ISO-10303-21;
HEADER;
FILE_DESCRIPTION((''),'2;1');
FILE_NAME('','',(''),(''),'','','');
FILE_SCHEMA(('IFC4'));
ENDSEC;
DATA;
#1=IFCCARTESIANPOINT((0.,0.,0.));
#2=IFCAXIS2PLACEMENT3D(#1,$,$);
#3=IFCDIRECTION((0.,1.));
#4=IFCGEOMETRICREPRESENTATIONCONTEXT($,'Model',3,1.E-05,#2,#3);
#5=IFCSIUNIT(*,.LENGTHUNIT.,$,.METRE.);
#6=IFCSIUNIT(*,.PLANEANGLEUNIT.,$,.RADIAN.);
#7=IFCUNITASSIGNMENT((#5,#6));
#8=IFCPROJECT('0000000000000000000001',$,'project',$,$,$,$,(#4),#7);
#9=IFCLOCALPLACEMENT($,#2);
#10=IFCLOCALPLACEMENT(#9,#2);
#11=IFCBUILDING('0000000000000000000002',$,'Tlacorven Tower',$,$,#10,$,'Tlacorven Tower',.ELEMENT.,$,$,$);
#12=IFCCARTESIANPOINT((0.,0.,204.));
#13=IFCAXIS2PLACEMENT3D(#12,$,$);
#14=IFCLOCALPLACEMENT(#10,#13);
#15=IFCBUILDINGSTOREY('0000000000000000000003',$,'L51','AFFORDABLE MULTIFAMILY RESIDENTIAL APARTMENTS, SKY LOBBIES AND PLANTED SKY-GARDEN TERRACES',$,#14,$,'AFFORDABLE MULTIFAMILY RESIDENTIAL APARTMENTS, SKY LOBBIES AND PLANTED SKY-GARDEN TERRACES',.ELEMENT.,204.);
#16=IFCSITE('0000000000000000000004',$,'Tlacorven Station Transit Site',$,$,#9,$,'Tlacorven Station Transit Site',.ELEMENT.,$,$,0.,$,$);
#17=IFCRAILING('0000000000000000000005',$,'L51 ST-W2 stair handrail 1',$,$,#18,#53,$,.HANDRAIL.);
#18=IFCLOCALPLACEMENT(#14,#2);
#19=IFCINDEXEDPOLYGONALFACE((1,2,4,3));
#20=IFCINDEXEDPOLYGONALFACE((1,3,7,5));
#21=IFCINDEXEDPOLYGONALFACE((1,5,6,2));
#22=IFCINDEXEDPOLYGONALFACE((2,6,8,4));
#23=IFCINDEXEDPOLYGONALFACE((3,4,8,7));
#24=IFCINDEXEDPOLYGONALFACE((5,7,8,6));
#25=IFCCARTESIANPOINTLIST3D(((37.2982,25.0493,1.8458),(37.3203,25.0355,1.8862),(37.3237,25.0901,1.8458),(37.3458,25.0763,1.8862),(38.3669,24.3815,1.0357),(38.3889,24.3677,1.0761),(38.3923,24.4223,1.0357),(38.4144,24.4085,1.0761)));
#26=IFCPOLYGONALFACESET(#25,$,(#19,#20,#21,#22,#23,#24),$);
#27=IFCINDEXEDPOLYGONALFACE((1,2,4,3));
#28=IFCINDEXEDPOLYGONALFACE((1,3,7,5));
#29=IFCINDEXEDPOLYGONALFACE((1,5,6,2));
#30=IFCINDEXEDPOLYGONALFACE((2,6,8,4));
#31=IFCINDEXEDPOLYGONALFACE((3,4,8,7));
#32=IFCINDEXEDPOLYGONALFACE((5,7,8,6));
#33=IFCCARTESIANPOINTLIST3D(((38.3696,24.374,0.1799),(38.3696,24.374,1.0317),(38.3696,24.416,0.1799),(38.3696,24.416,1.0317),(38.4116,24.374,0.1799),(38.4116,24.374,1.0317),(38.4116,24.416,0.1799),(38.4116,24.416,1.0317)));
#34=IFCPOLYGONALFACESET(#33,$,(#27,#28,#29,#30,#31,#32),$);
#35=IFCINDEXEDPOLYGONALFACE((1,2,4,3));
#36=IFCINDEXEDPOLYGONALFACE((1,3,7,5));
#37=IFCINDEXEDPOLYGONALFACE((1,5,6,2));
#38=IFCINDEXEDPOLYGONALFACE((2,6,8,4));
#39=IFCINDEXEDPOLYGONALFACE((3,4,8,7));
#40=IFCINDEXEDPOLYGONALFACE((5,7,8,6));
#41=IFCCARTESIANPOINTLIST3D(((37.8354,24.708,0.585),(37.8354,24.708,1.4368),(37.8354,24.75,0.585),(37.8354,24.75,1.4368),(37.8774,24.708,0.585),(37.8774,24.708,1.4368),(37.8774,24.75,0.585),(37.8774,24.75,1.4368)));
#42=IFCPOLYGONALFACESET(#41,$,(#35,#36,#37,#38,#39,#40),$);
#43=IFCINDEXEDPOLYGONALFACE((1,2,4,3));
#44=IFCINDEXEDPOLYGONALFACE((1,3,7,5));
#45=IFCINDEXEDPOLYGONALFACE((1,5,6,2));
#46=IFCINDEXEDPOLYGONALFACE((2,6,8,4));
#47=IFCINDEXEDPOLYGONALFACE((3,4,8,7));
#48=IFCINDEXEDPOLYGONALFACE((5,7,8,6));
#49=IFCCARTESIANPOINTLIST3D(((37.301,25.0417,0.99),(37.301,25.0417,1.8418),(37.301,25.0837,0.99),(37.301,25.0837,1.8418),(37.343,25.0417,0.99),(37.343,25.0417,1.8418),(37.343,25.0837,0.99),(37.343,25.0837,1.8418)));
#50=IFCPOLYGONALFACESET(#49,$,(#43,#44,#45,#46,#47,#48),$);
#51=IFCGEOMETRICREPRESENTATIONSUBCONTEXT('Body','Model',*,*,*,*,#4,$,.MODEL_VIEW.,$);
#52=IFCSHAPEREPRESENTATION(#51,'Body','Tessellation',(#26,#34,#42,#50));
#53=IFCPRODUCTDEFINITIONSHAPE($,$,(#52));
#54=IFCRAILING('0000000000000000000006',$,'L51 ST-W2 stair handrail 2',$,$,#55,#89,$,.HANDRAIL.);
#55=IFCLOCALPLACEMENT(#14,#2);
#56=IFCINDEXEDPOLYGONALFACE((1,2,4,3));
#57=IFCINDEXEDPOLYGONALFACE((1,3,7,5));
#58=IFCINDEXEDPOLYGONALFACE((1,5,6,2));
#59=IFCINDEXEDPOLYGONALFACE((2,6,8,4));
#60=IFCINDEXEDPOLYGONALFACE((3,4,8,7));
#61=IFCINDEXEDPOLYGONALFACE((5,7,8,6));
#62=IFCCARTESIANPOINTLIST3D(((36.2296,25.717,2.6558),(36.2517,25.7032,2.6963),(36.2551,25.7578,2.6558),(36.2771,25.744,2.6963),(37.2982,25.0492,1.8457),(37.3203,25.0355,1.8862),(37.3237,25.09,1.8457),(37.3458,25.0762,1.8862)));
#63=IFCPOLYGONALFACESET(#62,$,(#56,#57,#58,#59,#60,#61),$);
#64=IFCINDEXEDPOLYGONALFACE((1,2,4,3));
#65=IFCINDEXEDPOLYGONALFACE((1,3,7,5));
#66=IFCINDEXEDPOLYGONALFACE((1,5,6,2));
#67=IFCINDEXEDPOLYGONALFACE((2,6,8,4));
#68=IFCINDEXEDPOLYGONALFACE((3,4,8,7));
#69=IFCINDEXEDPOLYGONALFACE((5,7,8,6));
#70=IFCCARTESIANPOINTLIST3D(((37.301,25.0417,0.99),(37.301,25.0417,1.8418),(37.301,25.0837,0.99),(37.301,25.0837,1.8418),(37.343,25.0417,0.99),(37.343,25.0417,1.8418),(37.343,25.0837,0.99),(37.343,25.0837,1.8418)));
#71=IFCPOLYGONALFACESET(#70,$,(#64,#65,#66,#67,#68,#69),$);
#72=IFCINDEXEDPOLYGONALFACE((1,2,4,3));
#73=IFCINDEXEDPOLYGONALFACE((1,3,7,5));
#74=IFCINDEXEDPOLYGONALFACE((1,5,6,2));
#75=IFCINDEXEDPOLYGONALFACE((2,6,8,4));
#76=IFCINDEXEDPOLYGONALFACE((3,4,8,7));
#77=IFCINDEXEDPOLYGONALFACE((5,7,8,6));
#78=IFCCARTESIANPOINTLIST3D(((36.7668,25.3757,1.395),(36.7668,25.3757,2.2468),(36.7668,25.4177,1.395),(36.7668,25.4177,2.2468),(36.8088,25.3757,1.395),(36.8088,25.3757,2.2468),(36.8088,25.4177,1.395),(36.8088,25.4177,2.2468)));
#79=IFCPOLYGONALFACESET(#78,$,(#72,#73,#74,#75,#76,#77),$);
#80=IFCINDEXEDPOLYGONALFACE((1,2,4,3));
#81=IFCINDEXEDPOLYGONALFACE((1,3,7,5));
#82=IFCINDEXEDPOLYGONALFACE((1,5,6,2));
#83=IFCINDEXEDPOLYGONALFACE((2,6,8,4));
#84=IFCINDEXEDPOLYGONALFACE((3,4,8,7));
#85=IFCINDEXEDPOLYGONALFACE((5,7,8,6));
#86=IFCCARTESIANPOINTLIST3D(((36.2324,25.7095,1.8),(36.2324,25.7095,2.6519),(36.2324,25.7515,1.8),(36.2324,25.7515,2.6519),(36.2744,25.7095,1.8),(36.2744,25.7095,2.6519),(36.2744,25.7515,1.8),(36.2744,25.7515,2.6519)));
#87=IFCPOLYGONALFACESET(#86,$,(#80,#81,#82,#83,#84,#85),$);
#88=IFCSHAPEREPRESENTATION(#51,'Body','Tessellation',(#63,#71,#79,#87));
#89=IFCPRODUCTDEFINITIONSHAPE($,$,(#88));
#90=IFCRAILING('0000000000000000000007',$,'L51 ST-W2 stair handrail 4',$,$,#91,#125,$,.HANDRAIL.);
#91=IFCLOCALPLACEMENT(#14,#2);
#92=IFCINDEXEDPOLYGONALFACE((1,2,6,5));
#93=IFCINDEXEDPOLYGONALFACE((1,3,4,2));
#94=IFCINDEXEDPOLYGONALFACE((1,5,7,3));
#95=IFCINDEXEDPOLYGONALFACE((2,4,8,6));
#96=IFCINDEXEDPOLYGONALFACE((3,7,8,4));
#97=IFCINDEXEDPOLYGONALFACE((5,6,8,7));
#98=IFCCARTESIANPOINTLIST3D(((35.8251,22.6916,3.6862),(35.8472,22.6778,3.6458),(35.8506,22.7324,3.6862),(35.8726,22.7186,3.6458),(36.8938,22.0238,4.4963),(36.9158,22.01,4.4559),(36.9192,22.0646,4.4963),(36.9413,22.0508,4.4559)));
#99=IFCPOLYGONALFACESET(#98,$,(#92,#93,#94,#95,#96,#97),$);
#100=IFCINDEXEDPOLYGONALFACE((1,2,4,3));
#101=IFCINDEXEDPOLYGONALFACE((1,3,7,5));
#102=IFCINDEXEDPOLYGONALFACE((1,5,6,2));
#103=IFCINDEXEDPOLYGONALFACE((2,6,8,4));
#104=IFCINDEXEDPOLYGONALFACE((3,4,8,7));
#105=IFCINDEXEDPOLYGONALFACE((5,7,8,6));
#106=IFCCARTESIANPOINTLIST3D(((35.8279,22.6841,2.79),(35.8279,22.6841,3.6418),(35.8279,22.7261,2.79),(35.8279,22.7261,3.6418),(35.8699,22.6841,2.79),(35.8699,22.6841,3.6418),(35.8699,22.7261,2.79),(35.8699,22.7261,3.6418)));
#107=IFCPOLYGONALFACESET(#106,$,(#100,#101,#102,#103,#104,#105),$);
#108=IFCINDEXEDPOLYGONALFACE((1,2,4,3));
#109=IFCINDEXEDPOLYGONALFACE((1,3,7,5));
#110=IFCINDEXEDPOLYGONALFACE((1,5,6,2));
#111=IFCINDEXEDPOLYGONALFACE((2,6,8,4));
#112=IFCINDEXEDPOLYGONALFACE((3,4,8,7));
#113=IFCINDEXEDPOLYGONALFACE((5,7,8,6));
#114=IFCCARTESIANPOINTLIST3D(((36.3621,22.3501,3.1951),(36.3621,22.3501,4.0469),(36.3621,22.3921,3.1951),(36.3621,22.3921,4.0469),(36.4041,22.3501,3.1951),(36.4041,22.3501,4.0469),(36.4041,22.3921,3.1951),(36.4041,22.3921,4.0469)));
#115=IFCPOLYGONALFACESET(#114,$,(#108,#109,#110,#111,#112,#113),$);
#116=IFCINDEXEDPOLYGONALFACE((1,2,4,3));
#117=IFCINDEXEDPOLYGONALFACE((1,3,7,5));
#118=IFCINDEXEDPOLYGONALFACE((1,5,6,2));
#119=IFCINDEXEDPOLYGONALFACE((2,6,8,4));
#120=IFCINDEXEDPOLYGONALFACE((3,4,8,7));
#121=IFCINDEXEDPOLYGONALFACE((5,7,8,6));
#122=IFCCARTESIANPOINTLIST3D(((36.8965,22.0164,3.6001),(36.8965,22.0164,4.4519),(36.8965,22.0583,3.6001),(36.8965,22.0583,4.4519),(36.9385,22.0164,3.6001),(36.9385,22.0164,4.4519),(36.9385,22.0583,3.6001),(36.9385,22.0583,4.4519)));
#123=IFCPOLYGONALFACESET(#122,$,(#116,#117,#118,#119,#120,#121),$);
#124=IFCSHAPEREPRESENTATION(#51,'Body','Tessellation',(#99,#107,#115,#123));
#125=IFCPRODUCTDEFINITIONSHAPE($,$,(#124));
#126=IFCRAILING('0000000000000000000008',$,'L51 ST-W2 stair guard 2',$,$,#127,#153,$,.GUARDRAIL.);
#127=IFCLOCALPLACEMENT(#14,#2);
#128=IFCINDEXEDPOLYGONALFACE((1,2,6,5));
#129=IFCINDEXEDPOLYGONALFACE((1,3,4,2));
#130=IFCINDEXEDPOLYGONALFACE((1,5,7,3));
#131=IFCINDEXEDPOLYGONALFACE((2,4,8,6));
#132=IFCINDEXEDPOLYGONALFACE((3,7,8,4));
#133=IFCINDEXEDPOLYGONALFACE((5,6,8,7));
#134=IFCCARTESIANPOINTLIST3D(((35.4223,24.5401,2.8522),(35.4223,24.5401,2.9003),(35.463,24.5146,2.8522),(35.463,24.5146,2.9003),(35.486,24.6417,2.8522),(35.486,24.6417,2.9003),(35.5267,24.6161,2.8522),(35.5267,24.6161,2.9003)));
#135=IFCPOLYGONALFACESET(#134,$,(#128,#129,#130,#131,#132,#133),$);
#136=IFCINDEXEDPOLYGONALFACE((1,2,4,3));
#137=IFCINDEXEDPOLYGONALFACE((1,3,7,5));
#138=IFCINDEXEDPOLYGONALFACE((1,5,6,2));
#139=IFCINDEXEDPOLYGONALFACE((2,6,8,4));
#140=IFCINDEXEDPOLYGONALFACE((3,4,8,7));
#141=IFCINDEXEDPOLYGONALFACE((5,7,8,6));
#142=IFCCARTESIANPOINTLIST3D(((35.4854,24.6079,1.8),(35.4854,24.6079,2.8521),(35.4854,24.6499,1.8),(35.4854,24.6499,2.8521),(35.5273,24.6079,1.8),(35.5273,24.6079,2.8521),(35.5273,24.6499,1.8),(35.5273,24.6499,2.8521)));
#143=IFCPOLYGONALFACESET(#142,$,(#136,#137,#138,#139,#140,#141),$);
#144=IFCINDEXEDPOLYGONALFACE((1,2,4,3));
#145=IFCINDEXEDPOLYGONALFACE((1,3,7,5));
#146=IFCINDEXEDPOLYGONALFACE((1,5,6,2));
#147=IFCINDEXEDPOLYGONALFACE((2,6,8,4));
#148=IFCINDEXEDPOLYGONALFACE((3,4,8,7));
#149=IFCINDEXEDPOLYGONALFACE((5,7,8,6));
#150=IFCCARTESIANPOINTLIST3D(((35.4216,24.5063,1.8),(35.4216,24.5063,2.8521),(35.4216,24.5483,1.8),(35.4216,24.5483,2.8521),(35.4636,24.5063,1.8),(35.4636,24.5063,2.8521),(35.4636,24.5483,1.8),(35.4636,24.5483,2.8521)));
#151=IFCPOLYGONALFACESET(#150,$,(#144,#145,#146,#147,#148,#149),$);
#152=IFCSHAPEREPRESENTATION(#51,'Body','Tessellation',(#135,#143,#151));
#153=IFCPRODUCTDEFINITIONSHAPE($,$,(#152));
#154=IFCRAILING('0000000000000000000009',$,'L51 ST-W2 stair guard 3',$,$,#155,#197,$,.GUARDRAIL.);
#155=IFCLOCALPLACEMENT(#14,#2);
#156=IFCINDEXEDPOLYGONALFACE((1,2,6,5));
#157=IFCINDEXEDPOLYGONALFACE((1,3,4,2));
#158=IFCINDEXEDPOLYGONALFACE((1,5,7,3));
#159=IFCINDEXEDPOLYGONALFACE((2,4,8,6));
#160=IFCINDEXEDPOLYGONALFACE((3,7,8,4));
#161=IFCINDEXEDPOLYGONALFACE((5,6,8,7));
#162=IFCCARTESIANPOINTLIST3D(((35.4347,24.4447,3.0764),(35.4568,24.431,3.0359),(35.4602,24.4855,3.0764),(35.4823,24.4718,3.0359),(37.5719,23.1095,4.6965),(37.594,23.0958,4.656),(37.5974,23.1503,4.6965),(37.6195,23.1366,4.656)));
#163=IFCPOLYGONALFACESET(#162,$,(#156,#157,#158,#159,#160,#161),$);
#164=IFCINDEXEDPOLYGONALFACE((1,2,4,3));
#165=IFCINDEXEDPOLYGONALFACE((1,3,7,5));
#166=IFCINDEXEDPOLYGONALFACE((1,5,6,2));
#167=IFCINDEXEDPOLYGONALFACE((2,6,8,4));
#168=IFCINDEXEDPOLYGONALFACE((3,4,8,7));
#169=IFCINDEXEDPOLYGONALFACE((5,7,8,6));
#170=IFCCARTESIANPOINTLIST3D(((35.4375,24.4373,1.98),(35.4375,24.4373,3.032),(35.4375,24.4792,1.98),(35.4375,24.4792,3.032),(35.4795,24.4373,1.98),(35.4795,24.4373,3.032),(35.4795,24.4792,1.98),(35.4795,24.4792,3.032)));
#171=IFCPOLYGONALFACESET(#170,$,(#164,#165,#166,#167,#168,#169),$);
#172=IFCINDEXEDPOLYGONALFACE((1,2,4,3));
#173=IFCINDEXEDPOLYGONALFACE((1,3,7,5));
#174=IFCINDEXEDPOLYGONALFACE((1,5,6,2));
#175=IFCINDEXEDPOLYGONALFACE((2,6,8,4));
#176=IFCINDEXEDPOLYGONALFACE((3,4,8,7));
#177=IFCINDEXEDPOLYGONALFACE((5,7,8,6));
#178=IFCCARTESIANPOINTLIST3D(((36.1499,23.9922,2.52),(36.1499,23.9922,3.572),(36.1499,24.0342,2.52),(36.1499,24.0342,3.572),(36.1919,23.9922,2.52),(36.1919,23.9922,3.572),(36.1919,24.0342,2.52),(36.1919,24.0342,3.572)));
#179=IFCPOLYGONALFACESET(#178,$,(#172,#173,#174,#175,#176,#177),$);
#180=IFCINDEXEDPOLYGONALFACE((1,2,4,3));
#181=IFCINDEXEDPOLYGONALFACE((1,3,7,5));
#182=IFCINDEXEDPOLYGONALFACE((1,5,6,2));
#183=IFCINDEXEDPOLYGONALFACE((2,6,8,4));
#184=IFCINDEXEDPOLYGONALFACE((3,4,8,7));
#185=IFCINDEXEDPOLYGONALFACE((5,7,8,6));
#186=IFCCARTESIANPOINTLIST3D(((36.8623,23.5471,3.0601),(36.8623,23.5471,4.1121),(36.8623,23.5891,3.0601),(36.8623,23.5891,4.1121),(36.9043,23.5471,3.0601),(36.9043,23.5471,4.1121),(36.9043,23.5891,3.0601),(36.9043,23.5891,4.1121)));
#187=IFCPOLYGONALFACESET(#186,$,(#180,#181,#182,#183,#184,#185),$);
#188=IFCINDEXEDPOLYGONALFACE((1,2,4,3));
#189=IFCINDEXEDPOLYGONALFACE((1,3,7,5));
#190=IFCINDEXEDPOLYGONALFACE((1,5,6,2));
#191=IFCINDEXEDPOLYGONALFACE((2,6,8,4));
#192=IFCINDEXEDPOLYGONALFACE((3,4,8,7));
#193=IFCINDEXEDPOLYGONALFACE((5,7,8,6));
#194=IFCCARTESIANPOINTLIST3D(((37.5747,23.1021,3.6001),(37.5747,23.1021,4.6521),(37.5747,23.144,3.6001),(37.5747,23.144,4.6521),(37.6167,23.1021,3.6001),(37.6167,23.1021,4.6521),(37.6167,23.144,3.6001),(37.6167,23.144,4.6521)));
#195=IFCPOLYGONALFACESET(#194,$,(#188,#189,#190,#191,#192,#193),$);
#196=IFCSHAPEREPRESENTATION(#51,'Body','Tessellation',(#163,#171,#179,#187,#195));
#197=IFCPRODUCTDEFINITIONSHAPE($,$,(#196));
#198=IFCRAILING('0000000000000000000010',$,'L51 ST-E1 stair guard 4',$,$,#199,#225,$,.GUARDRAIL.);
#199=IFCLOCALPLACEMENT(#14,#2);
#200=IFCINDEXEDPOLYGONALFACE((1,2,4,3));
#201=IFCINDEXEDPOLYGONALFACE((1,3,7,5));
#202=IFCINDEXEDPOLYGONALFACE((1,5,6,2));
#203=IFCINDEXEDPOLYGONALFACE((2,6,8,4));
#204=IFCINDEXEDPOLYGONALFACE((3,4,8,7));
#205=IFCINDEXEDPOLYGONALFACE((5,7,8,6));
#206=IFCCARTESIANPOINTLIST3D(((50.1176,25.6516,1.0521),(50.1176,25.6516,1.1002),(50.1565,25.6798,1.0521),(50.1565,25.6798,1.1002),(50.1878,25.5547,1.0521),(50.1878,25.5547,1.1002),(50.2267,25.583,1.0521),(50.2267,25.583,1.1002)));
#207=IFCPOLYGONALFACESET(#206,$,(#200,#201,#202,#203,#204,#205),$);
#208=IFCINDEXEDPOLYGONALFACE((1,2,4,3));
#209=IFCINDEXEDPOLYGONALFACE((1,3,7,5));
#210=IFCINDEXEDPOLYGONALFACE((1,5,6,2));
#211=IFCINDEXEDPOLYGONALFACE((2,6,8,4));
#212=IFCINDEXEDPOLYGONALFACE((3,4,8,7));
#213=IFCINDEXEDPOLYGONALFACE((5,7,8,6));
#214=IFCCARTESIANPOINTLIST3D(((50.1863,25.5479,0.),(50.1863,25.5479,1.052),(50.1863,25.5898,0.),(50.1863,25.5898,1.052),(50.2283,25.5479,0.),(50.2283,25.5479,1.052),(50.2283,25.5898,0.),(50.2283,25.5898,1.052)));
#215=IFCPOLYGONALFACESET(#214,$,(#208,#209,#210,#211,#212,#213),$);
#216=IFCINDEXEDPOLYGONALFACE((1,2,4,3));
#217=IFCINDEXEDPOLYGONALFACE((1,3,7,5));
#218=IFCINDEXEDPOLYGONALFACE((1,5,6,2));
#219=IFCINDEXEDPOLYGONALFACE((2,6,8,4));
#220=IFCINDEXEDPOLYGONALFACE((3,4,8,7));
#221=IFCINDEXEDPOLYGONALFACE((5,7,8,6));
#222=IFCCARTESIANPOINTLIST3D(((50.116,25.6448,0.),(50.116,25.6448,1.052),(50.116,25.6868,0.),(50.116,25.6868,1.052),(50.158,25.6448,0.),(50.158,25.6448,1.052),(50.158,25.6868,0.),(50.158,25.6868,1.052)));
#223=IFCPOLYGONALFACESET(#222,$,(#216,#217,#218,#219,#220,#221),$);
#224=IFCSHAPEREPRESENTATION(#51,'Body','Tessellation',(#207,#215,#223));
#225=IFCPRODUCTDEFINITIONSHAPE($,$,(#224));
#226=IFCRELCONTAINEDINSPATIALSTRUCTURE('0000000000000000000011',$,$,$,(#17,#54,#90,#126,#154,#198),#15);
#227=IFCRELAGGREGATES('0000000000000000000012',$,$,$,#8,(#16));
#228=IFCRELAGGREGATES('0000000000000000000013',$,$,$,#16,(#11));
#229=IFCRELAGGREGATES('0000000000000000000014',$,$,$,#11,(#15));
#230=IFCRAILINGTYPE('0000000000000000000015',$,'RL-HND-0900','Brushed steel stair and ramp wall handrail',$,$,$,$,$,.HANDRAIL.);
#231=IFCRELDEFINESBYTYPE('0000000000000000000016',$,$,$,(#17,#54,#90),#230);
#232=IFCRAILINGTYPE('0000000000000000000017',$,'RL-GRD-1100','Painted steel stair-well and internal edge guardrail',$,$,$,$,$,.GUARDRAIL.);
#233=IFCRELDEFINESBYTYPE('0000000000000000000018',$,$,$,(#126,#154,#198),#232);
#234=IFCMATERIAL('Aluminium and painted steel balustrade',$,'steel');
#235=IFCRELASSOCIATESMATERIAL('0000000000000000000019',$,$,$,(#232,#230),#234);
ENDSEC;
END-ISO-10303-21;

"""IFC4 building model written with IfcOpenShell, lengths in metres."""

from ifc_helpers import new_model, si_unit, direction, frame, origin, origin_2d, place, context, subcontext, project, spatial, rectangle, extrude, source, transform, mapped, material, type_object, element, save


model = new_model("IFC4")

# Units and contexts
model_context = context("Model", 3, precision=1e-05, world=origin(), true_north=direction((0.0, 1.0)))
body_context = subcontext(model_context, "Body", "Model", "MODEL_VIEW")
ifc_project = project(units=[si_unit("LENGTHUNIT", "METRE"), si_unit("PLANEANGLEUNIT", "RADIAN")], contexts=[model_context])

# Site, building, storey
site_placement = place(None, origin())
site = spatial("IfcSite", under=ifc_project, at=site_placement, Name="Tlacorven Station Transit Site", LongName="Tlacorven Station Transit Site", CompositionType="ELEMENT", RefElevation=0.0)
building_placement = place(site_placement, origin())
building = spatial("IfcBuilding", under=site, at=building_placement, Name="Tlacorven Tower", LongName="Tlacorven Tower", CompositionType="ELEMENT")
storey_placement = place(building_placement, frame((0.0, 0.0, 204.0)))
storey = spatial("IfcBuildingStorey", under=building, at=storey_placement, Name="L51", Description="AFFORDABLE MULTIFAMILY RESIDENTIAL APARTMENTS, SKY LOBBIES AND PLANTED SKY-GARDEN TERRACES", LongName="AFFORDABLE MULTIFAMILY RESIDENTIAL APARTMENTS, SKY LOBBIES AND PLANTED SKY-GARDEN TERRACES", CompositionType="ELEMENT", Elevation=204.0)

# Railings
ifc_material_1 = material(Name="Aluminium and painted steel balustrade", Category="steel")
railing_type_1 = type_object("IfcRailingType", Name="RL-GRD-1100", Description="Painted steel stair-well and internal edge guardrail", PredefinedType="GUARDRAIL", material=ifc_material_1)
railing_type_2 = type_object("IfcRailingType", Name="RL-HND-0900", Description="Brushed steel stair and ramp wall handrail", PredefinedType="HANDRAIL", material=ifc_material_1)
shared_shape_1 = source(origin(), body_context, "Body", "SweptSolid", [
    extrude(rectangle(XDim=0.0481, YDim=0.0481, at=origin_2d()), frame((0.0, 0.0, 0.876), z_axis=(-0.71336, 0.445748, 0.540765), x_axis=(-0.529912, -0.848053, 0.0)), (0.0, 0.0, 1.0), 1.498),
    extrude(rectangle(XDim=0.042, YDim=0.042, at=origin_2d()), origin(), (0.0, 0.0, 1.0), 0.8518),
    extrude(rectangle(XDim=0.042, YDim=0.042, at=origin_2d()), frame((-0.5342, 0.334, 0.405)), (0.0, 0.0, 1.0), 0.8518),
    extrude(rectangle(XDim=0.042, YDim=0.042, at=origin_2d()), frame((-1.0686, 0.6677, 0.8101)), (0.0, 0.0, 1.0), 0.8518),
])
for number, where, name in (
    (1, (38.3906, 24.395, 0.1799), "L51 ST-W2 stair handrail 1"),
    (2, (37.322, 25.0627, 0.99), "L51 ST-W2 stair handrail 2"),
):
    element("IfcRailing", number, at=place(storey_placement, frame(where)), inside=storey, type_object=railing_type_2, Name=name, PredefinedType="HANDRAIL", context=body_context, shape_type="MappedRepresentation", body=[
        mapped(shared_shape_1, transform((0.0, 0.0, 0.0), scale=1.0)),
    ])
shared_shape_2 = source(origin(), body_context, "Body", "SweptSolid", [
    extrude(rectangle(XDim=0.0481, YDim=0.0481, at=origin_2d()), frame((0.0, 0.0, 0.876), z_axis=(0.71336, -0.445748, 0.540765), x_axis=(0.529912, 0.848053, 0.0)), (0.0, 0.0, 1.0), 1.498),
    extrude(rectangle(XDim=0.042, YDim=0.042, at=origin_2d()), origin(), (0.0, 0.0, 1.0), 0.8518),
    extrude(rectangle(XDim=0.042, YDim=0.042, at=origin_2d()), frame((0.5342, -0.334, 0.405)), (0.0, 0.0, 1.0), 0.8518),
    extrude(rectangle(XDim=0.042, YDim=0.042, at=origin_2d()), frame((1.0686, -0.6677, 0.8101)), (0.0, 0.0, 1.0), 0.8518),
])
railing_1_placement = place(storey_placement, frame((35.8489, 22.7051, 2.79)))
element("IfcRailing", 3, at=railing_1_placement, inside=storey, type_object=railing_type_2, Name="L51 ST-W2 stair handrail 4", PredefinedType="HANDRAIL", context=body_context, shape_type="MappedRepresentation", body=[
    mapped(shared_shape_2, transform((0.0, 0.0, 0.0), scale=1.0)),
])
shared_shape_3 = source(origin(), body_context, "Body", "SweptSolid", [
    extrude(rectangle(XDim=0.0481, YDim=0.0481, at=origin_2d()), frame((0.0, 0.0, 1.0762), z_axis=(-0.531462, -0.847082, 0.0), x_axis=(0.847082, -0.531462, 0.0)), (0.0, 0.0, 1.0), 0.1199),
    extrude(rectangle(XDim=0.042, YDim=0.042, at=origin_2d()), origin(), (0.0, 0.0, 1.0), 1.052),
    extrude(rectangle(XDim=0.042, YDim=0.042, at=origin_2d()), frame((-0.0637, -0.1016, 0.0)), (0.0, 0.0, 1.0), 1.052),
])
railing_2_placement = place(storey_placement, frame((35.5063, 24.6289, 1.8)))
element("IfcRailing", 4, at=railing_2_placement, inside=storey, type_object=railing_type_1, Name="L51 ST-W2 stair guard 2", PredefinedType="GUARDRAIL", context=body_context, shape_type="MappedRepresentation", body=[
    mapped(shared_shape_3, transform((0.0, 0.0, 0.0), scale=1.0)),
])
shared_shape_4 = source(origin(), body_context, "Body", "SweptSolid", [
    extrude(rectangle(XDim=0.0481, YDim=0.0481, at=origin_2d()), frame((0.0, 0.0, 1.0762), z_axis=(0.713386, -0.445683, 0.540784), x_axis=(0.529842, 0.848096, 0.0)), (0.0, 0.0, 1.0), 2.9958),
    extrude(rectangle(XDim=0.042, YDim=0.042, at=origin_2d()), origin(), (0.0, 0.0, 1.0), 1.052),
    extrude(rectangle(XDim=0.042, YDim=0.042, at=origin_2d()), frame((0.7124, -0.4451, 0.54)), (0.0, 0.0, 1.0), 1.052),
    extrude(rectangle(XDim=0.042, YDim=0.042, at=origin_2d()), frame((1.4248, -0.8901, 1.0801)), (0.0, 0.0, 1.0), 1.052),
    extrude(rectangle(XDim=0.042, YDim=0.042, at=origin_2d()), frame((2.1372, -1.3352, 1.6201)), (0.0, 0.0, 1.0), 1.052),
])
railing_3_placement = place(storey_placement, frame((35.4585, 24.4583, 1.98)))
element("IfcRailing", 5, at=railing_3_placement, inside=storey, type_object=railing_type_1, Name="L51 ST-W2 stair guard 3", PredefinedType="GUARDRAIL", context=body_context, shape_type="MappedRepresentation", body=[
    mapped(shared_shape_4, transform((0.0, 0.0, 0.0), scale=1.0)),
])
shared_shape_5 = source(origin(), body_context, "Body", "SweptSolid", [
    extrude(rectangle(XDim=0.0481, YDim=0.0481, at=origin_2d()), frame((0.0, 0.0, 1.0762), z_axis=(-0.587201, 0.809441, 0.0), x_axis=(-0.809441, -0.587201, 0.0)), (0.0, 0.0, 1.0), 0.1196),
    extrude(rectangle(XDim=0.042, YDim=0.042, at=origin_2d()), origin(), (0.0, 0.0, 1.0), 1.052),
    extrude(rectangle(XDim=0.042, YDim=0.042, at=origin_2d()), frame((-0.0703, 0.0969, 0.0)), (0.0, 0.0, 1.0), 1.052),
])
railing_4_placement = place(storey_placement, frame((50.2073, 25.5688, 0.0)))
element("IfcRailing", 6, at=railing_4_placement, inside=storey, type_object=railing_type_1, Name="L51 ST-E1 stair guard 4", PredefinedType="GUARDRAIL", context=body_context, shape_type="MappedRepresentation", body=[
    mapped(shared_shape_5, transform((0.0, 0.0, 0.0), scale=1.0)),
])

save(model, "model.ifc")
